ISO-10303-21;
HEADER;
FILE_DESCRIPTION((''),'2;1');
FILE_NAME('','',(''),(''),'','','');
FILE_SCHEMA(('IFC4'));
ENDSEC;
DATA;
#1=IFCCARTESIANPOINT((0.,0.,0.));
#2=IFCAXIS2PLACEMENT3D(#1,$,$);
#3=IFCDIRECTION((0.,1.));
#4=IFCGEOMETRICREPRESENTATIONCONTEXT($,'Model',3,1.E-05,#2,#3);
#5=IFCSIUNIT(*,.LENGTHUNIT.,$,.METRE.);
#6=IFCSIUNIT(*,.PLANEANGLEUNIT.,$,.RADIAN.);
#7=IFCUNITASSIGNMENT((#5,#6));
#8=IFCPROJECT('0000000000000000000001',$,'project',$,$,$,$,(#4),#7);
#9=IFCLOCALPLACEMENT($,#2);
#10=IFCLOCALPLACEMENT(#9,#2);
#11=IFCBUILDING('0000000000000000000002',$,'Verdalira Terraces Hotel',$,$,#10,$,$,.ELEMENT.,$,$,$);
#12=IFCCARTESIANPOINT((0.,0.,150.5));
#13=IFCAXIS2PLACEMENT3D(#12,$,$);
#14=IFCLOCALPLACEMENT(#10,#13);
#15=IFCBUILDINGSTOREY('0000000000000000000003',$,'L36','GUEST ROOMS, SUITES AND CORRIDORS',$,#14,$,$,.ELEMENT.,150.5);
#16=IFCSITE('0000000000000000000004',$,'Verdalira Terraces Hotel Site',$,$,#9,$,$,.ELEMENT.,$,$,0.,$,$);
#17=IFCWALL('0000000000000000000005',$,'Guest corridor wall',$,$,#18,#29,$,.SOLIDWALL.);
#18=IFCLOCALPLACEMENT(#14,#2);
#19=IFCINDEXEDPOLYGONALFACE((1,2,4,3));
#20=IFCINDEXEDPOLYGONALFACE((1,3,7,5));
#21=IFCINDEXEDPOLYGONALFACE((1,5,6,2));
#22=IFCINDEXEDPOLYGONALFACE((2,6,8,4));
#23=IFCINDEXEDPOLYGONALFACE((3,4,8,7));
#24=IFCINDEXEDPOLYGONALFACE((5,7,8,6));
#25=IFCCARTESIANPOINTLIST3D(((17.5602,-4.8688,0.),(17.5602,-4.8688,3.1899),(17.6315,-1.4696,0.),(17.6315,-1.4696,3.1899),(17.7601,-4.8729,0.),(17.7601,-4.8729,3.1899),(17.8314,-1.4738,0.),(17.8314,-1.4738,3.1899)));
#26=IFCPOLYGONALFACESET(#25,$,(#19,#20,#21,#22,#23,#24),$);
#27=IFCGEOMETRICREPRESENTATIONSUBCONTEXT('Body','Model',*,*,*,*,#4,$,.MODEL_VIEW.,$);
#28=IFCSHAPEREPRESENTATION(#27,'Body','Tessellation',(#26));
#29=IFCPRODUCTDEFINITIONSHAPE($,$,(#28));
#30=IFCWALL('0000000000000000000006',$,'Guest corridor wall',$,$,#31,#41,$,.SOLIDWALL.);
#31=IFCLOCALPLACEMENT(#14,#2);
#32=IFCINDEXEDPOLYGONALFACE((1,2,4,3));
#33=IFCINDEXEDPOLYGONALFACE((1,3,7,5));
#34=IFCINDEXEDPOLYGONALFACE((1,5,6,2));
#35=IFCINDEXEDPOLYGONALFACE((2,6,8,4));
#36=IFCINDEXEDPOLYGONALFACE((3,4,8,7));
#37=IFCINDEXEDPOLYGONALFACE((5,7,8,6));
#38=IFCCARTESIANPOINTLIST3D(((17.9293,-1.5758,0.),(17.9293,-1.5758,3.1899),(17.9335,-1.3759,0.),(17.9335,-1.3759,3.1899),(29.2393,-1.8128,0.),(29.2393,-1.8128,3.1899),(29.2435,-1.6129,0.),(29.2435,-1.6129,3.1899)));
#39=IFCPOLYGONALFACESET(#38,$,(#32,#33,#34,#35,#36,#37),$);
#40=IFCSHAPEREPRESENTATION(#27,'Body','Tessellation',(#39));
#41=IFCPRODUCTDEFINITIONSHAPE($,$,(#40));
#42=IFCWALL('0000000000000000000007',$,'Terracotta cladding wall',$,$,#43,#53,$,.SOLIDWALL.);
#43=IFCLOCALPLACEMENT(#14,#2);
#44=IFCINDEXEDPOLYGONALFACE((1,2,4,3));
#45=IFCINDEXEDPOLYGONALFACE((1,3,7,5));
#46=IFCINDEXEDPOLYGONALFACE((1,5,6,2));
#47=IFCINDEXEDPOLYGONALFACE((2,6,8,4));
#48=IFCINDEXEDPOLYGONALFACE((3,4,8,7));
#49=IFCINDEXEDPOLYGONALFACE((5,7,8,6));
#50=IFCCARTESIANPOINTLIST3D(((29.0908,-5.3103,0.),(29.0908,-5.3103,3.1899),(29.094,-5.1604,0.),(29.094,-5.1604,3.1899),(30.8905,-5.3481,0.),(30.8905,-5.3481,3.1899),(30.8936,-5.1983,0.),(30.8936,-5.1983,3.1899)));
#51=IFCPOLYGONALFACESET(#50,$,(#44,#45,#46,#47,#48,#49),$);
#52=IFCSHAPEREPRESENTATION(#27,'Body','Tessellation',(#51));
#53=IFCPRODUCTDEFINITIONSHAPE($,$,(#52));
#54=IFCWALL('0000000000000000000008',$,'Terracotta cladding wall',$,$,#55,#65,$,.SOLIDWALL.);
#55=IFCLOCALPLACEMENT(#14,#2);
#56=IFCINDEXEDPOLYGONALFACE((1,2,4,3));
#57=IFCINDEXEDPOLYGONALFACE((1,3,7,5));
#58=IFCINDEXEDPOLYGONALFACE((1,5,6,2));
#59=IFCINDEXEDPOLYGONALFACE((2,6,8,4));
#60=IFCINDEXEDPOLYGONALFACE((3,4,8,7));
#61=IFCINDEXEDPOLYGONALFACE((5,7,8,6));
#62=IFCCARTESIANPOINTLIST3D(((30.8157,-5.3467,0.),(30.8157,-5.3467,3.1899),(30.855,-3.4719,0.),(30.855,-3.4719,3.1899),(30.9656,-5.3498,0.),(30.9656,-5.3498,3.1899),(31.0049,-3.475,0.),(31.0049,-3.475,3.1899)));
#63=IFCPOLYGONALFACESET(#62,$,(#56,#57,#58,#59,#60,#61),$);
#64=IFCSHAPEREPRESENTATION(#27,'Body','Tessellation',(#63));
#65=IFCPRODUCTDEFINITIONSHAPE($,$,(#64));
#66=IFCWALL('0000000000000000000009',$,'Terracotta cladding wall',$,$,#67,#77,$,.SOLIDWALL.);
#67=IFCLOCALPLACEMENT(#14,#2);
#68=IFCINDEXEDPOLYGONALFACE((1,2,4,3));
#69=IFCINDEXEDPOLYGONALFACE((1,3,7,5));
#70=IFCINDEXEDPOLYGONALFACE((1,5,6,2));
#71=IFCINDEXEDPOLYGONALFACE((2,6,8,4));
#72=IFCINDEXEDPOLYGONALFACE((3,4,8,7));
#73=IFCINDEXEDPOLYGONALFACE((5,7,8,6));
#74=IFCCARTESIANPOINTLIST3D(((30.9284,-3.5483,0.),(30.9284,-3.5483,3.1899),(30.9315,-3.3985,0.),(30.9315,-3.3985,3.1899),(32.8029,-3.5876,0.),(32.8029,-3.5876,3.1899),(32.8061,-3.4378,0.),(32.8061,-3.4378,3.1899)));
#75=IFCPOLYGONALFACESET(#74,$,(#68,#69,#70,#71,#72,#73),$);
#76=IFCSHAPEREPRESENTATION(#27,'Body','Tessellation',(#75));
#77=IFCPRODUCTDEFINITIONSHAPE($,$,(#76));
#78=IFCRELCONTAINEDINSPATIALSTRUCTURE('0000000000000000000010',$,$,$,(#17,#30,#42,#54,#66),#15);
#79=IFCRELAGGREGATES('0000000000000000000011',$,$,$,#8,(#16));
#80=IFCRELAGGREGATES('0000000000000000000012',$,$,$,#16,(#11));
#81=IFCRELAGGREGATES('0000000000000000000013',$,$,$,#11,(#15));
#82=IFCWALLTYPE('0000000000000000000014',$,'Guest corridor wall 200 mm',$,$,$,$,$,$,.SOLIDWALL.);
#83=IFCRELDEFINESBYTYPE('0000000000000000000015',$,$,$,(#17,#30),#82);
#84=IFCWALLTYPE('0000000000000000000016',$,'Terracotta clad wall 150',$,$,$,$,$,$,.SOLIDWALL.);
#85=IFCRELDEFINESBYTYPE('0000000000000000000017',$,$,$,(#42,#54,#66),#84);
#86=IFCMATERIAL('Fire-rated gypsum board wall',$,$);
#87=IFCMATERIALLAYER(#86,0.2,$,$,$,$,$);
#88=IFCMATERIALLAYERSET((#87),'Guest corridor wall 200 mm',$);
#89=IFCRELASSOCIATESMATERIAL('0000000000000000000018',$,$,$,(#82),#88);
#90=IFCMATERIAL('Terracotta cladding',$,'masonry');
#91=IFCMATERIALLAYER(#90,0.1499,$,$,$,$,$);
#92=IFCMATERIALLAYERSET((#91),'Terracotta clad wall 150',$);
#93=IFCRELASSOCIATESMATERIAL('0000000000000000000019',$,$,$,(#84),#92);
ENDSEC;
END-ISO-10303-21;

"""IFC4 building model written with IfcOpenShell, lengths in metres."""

from ifc_helpers import new_model, si_unit, direction, frame, frame_2d, origin, place, context, subcontext, project, spatial, rectangle, extrude, material, layer, layer_set, type_object, element, save


model = new_model("IFC4")

# Units and contexts
model_context = context("Model", 3, precision=1e-05, world=origin(), true_north=direction((0.0, 1.0)))
body_context = subcontext(model_context, "Body", "Model", "MODEL_VIEW")
ifc_project = project(units=[si_unit("LENGTHUNIT", "METRE"), si_unit("PLANEANGLEUNIT", "RADIAN")], contexts=[model_context])

# Site, building, storey
site_placement = place(None, origin())
site = spatial("IfcSite", under=ifc_project, at=site_placement, Name="Verdalira Terraces Hotel Site", CompositionType="ELEMENT", RefElevation=0.0)
building_placement = place(site_placement, origin())
building = spatial("IfcBuilding", under=site, at=building_placement, Name="Verdalira Terraces Hotel", CompositionType="ELEMENT")
storey_placement = place(building_placement, frame((0.0, 0.0, 150.5)))
storey = spatial("IfcBuildingStorey", under=building, at=storey_placement, Name="L36", Description="GUEST ROOMS, SUITES AND CORRIDORS", CompositionType="ELEMENT", Elevation=150.5)

# Walls
ifc_material_1 = material(Name="Fire-rated gypsum board wall")
ifc_layer_1 = layer(ifc_material_1, 0.2)
ifc_layer_set_1 = layer_set([ifc_layer_1], Name="Guest corridor wall 200 mm")
wall_type_1 = type_object("IfcWallType", Name="Guest corridor wall 200 mm", PredefinedType="SOLIDWALL", material=ifc_layer_set_1)
wall_1_placement = place(storey_placement, frame((17.6602, -4.8708, 0.0), z_axis=(0.0, 0.0, 1.0), x_axis=(0.020968, 0.99978, 0.0)))
element("IfcWall", 1, at=wall_1_placement, inside=storey, type_object=wall_type_1, Name="Guest corridor wall", PredefinedType="SOLIDWALL", context=body_context, shape_type="SweptSolid", body=[
    extrude(rectangle(XDim=3.3999, YDim=0.2, at=frame_2d((1.7, 0.0))), origin(), (0.0, 0.0, 1.0), 3.1899),
])
wall_2_placement = place(storey_placement, frame((17.9314, -1.4758, 0.0), z_axis=(0.0, 0.0, 1.0), x_axis=(0.99978, -0.020956, 0.0)))
element("IfcWall", 2, at=wall_2_placement, inside=storey, type_object=wall_type_1, Name="Guest corridor wall", PredefinedType="SOLIDWALL", context=body_context, shape_type="SweptSolid", body=[
    extrude(rectangle(XDim=11.3125, YDim=0.2, at=frame_2d((5.6562, 0.0))), origin(), (0.0, 0.0, 1.0), 3.1899),
])
ifc_material_2 = material(Name="Terracotta cladding", Category="masonry")
ifc_layer_2 = layer(ifc_material_2, 0.1499)
ifc_layer_set_2 = layer_set([ifc_layer_2], Name="Terracotta clad wall 150")
wall_type_2 = type_object("IfcWallType", Name="Terracotta clad wall 150", PredefinedType="SOLIDWALL", material=ifc_layer_set_2)
wall_3_placement = place(storey_placement, frame((29.0925, -5.2354, 0.0), z_axis=(0.0, 0.0, 1.0), x_axis=(0.999779, -0.021024, 0.0)))
element("IfcWall", 3, at=wall_3_placement, inside=storey, type_object=wall_type_2, Name="Terracotta cladding wall", PredefinedType="SOLIDWALL", context=body_context, shape_type="SweptSolid", body=[
    extrude(rectangle(XDim=1.8, YDim=0.1499, at=frame_2d((0.8999, 0.0))), origin(), (0.0, 0.0, 1.0), 3.1899),
])
wall_4_placement = place(storey_placement, frame((30.8906, -5.3481, 0.0), z_axis=(0.0, 0.0, 1.0), x_axis=(0.020962, 0.99978, 0.0)))
element("IfcWall", 4, at=wall_4_placement, inside=storey, type_object=wall_type_2, Name="Terracotta cladding wall", PredefinedType="SOLIDWALL", context=body_context, shape_type="SweptSolid", body=[
    extrude(rectangle(XDim=1.8752, YDim=0.1499, at=frame_2d((0.9375, 0.0))), origin(), (0.0, 0.0, 1.0), 3.1899),
])
wall_5_placement = place(storey_placement, frame((30.9299, -3.4734, 0.0), z_axis=(0.0, 0.0, 1.0), x_axis=(0.99978, -0.020964, 0.0)))
element("IfcWall", 5, at=wall_5_placement, inside=storey, type_object=wall_type_2, Name="Terracotta cladding wall", PredefinedType="SOLIDWALL", context=body_context, shape_type="SweptSolid", body=[
    extrude(rectangle(XDim=1.875, YDim=0.1499, at=frame_2d((0.9375, 0.0))), origin(), (0.0, 0.0, 1.0), 3.1899),
])

save(model, "model.ifc")
